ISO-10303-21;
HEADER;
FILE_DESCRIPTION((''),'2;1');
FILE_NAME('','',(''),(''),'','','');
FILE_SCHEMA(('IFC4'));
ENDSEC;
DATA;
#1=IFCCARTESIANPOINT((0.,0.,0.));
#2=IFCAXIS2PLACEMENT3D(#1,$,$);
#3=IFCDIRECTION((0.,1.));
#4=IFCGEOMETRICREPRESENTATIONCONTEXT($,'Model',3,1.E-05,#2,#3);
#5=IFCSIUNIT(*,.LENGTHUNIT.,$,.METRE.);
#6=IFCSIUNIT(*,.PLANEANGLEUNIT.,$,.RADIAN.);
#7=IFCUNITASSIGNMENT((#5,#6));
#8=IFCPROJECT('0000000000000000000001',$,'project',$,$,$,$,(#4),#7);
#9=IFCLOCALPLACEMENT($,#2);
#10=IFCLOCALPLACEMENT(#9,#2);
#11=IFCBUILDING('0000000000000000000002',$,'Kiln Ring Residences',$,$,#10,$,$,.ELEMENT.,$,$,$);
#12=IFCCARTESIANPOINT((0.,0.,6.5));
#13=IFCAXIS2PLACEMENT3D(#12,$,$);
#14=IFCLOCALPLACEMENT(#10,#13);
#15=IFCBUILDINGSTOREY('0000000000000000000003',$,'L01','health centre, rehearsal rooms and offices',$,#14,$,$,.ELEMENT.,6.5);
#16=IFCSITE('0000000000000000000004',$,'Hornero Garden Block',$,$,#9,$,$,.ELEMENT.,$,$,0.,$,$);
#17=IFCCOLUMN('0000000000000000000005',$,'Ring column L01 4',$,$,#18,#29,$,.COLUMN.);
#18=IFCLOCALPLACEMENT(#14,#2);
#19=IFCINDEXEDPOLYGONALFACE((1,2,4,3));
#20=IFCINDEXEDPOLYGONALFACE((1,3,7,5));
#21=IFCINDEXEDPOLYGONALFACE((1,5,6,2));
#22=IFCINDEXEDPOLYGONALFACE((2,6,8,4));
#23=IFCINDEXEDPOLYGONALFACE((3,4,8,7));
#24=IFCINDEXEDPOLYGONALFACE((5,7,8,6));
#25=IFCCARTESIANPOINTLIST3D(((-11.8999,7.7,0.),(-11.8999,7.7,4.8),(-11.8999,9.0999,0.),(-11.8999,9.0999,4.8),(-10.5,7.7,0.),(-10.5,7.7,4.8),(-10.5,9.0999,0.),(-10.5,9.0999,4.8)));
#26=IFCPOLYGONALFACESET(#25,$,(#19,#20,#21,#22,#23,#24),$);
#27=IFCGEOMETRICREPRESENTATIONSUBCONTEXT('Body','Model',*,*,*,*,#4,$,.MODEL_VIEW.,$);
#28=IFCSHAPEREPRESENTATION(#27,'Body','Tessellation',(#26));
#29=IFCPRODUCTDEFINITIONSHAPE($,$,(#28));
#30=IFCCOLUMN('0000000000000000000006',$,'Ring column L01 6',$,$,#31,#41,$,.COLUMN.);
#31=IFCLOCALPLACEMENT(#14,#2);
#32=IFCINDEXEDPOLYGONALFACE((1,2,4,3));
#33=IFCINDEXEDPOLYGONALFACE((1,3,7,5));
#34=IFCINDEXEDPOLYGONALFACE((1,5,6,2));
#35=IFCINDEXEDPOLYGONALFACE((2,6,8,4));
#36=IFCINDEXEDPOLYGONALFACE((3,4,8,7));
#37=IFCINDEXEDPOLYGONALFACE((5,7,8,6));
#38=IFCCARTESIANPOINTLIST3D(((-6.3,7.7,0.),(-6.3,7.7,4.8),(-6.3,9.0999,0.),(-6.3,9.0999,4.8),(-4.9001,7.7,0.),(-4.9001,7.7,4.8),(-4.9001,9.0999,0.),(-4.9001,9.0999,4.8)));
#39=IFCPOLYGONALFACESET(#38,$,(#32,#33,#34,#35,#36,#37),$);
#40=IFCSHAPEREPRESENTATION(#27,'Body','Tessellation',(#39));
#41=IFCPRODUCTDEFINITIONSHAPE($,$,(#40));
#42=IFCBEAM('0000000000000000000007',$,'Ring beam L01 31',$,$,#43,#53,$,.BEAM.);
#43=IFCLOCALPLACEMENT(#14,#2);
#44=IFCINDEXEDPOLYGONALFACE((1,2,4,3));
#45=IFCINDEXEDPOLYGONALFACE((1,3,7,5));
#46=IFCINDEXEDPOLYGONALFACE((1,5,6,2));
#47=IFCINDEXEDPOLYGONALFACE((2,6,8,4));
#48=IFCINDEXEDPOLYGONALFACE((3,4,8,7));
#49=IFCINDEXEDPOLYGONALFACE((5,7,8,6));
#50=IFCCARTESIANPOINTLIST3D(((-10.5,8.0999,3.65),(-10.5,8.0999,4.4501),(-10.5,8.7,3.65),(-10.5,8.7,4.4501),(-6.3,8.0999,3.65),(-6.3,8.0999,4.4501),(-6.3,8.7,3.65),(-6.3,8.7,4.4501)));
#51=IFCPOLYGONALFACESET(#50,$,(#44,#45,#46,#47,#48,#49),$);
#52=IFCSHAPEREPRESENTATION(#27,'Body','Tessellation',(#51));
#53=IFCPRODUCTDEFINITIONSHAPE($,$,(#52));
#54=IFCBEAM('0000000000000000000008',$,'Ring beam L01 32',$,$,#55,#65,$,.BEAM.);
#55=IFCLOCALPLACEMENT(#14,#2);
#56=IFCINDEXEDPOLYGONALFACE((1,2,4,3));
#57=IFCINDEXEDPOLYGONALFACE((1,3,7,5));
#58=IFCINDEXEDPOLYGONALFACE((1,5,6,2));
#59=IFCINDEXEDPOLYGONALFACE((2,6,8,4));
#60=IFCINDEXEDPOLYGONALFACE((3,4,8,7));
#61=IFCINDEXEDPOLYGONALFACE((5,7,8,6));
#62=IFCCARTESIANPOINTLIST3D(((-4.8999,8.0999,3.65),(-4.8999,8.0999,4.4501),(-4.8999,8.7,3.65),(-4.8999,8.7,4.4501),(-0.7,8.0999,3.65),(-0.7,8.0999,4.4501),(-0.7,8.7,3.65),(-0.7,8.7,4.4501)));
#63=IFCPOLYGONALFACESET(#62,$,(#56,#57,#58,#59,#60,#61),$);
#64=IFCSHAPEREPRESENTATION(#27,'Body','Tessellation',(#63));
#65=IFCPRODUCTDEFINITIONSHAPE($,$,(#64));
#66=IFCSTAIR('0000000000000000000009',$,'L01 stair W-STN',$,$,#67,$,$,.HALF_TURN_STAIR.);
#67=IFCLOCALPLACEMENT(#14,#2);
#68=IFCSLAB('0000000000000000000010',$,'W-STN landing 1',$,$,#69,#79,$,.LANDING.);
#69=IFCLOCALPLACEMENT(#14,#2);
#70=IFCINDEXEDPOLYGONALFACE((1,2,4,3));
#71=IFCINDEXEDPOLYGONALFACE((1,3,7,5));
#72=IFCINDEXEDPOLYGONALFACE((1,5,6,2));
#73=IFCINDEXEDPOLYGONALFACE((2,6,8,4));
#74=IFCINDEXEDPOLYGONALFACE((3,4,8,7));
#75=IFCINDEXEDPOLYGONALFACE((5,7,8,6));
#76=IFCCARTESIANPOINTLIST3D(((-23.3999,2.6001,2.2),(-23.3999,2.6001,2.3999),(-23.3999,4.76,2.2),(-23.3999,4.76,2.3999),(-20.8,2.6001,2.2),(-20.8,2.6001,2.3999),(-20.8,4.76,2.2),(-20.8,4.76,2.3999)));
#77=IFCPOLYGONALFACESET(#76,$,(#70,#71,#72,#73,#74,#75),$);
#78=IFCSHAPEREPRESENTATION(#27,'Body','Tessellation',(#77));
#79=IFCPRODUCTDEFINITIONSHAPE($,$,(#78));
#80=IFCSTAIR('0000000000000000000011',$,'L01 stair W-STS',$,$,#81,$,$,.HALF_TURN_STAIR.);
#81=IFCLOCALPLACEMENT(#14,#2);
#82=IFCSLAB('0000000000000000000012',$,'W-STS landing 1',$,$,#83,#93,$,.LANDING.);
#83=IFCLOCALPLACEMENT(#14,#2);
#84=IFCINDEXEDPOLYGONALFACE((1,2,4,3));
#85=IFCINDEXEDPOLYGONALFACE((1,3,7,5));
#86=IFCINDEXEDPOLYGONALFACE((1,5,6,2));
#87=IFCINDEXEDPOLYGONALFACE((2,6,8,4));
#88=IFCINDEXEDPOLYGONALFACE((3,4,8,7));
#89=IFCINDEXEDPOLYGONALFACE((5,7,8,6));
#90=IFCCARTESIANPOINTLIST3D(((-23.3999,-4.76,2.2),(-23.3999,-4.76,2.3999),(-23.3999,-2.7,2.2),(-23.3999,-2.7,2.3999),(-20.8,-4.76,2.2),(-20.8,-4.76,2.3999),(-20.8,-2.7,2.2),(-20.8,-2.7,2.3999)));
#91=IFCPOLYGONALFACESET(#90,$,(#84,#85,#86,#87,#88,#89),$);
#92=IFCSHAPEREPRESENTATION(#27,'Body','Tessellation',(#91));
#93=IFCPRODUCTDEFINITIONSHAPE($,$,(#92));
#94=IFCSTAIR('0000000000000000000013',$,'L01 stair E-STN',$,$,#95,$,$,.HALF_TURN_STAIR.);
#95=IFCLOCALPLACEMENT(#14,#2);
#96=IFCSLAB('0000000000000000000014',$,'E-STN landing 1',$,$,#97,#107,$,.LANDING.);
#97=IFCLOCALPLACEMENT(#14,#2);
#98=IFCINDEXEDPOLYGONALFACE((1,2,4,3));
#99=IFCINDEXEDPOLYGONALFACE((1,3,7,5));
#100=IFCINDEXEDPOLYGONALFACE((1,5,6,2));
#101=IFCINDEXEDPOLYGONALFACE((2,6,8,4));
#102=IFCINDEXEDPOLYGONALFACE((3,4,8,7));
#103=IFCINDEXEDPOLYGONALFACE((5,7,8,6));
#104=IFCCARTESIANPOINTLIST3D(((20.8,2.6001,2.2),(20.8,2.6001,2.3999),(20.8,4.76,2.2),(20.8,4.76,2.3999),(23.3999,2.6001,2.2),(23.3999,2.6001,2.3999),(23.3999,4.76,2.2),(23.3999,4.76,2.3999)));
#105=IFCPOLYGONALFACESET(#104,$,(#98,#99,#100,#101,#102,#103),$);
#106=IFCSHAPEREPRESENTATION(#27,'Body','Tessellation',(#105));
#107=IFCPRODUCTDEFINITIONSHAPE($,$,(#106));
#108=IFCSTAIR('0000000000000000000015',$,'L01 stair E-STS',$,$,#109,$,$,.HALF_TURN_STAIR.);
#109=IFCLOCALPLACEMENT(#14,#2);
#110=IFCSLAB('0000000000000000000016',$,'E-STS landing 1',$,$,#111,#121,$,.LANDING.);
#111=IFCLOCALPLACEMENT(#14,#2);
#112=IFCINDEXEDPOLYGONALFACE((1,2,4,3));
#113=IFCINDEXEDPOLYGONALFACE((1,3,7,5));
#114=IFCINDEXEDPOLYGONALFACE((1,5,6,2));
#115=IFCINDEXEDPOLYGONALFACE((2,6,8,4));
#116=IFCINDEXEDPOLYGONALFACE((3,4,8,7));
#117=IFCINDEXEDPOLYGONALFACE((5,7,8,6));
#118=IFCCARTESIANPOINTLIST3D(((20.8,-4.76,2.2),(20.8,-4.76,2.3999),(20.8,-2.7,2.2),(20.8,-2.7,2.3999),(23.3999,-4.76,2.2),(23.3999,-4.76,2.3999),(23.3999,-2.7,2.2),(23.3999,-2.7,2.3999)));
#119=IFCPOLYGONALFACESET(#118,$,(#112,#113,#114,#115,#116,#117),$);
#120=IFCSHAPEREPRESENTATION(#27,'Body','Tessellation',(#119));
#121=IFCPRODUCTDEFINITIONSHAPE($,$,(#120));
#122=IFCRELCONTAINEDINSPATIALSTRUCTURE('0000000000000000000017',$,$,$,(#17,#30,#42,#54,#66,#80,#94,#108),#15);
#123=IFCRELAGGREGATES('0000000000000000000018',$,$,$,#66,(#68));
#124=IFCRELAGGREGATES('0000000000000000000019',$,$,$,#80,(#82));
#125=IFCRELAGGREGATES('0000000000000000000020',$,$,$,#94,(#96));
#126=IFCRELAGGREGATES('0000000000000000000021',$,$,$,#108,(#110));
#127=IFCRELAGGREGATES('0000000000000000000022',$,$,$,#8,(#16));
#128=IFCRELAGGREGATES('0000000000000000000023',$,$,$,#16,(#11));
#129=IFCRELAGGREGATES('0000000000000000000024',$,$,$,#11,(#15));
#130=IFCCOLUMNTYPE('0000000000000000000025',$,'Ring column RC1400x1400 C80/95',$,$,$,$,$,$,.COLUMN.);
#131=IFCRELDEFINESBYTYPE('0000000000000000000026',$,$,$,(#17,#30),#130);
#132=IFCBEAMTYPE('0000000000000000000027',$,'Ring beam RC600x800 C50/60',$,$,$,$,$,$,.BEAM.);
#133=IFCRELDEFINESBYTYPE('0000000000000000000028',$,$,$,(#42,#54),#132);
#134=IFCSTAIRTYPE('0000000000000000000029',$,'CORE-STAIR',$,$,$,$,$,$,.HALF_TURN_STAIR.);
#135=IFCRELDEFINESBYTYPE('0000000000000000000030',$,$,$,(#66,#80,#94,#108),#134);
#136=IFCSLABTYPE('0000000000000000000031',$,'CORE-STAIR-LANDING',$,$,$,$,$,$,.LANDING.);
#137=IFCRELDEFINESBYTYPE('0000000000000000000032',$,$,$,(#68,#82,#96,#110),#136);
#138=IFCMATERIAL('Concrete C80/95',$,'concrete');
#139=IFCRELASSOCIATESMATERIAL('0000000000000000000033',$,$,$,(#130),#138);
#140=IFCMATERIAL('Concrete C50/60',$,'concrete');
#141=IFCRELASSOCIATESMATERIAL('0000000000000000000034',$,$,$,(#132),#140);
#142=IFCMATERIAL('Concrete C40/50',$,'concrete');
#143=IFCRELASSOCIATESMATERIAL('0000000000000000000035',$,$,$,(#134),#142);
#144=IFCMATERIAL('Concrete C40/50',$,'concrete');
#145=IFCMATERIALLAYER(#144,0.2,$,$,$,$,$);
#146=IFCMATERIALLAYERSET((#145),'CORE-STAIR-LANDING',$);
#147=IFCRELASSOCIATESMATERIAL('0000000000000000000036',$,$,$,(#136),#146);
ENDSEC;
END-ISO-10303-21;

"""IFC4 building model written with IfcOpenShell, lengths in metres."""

from ifc_helpers import new_model, si_unit, direction, frame, origin, origin_2d, place, context, subcontext, project, spatial, polyline, rectangle, outline, extrude, material, layer, layer_set, material_profile, profile_set, type_object, element, aggregate, save


model = new_model("IFC4")

# Units and contexts
model_context = context("Model", 3, precision=1e-05, world=origin(), true_north=direction((0.0, 1.0)))
body_context = subcontext(model_context, "Body", "Model", "MODEL_VIEW")
ifc_project = project(units=[si_unit("LENGTHUNIT", "METRE"), si_unit("PLANEANGLEUNIT", "RADIAN")], contexts=[model_context])

# Site, building, storey
site_placement = place(None, origin())
site = spatial("IfcSite", under=ifc_project, at=site_placement, Name="Hornero Garden Block", CompositionType="ELEMENT", RefElevation=0.0)
building_placement = place(site_placement, origin())
building = spatial("IfcBuilding", under=site, at=building_placement, Name="Kiln Ring Residences", CompositionType="ELEMENT")
storey_placement = place(building_placement, frame((0.0, 0.0, 6.5)))
storey = spatial("IfcBuildingStorey", under=building, at=storey_placement, Name="L01", Description="health centre, rehearsal rooms and offices", CompositionType="ELEMENT", Elevation=6.5)

# Columns
ifc_material_1 = material(Name="Concrete C80/95", Category="concrete")
ifc_material_profile_1 = material_profile(ifc_material_1, rectangle(XDim=1.3999, YDim=1.3999, at=origin_2d()), Name="RC1400x1400")
ifc_profile_set_1 = profile_set([ifc_material_profile_1], Name="Concrete C80/95")
column_type = type_object("IfcColumnType", Name="Ring column RC1400x1400 C80/95", PredefinedType="COLUMN", material=ifc_profile_set_1)
for number, where, z_axis, x_axis, name in (
    (1, (-11.2, 8.3999, 0.0), (0.0, 0.0, 1.0), (1.0, 0.0, 0.0), "Ring column L01 4"),
    (2, (-5.6001, 8.3999, 0.0), (0.0, 0.0, 1.0), (1.0, 0.0, 0.0), "Ring column L01 6"),
):
    element("IfcColumn", number, at=place(storey_placement, frame(where, z_axis=z_axis, x_axis=x_axis)), inside=storey, type_object=column_type, Name=name, PredefinedType="COLUMN", context=body_context, shape_type="SweptSolid", body=[
        extrude(rectangle(XDim=1.3999, YDim=1.3999, at=origin_2d()), origin(), (0.0, 0.0, 1.0), 4.8),
    ])

# Beams
ifc_material_2 = material(Name="Concrete C50/60", Category="concrete")
ifc_material_profile_2 = material_profile(ifc_material_2, rectangle(XDim=0.6001, YDim=0.8, at=origin_2d()), Name="RC600x800")
ifc_profile_set_2 = profile_set([ifc_material_profile_2], Name="Concrete C50/60")
beam_type = type_object("IfcBeamType", Name="Ring beam RC600x800 C50/60", PredefinedType="BEAM", material=ifc_profile_set_2)
for number, where, z_axis, x_axis, name in (
    (3, (-10.5, 8.3999, 4.05), (1.0, 0.0, 0.0), (0.0, 1.0, 0.0), "Ring beam L01 31"),
    (4, (-4.8999, 8.3999, 4.05), (1.0, 0.0, 0.0), (0.0, 1.0, 0.0), "Ring beam L01 32"),
):
    element("IfcBeam", number, at=place(storey_placement, frame(where, z_axis=z_axis, x_axis=x_axis)), inside=storey, type_object=beam_type, Name=name, PredefinedType="BEAM", context=body_context, shape_type="SweptSolid", body=[
        extrude(rectangle(XDim=0.6001, YDim=0.8, at=origin_2d()), origin(), (0.0, 0.0, 1.0), 4.2),
    ])

# Stairs, slabs
ifc_material_3 = material(Name="Concrete C40/50", Category="concrete")
stair_type_1 = type_object("IfcStairType", Name="CORE-STAIR", PredefinedType="HALF_TURN_STAIR", material=ifc_material_3)
placement_1 = place(storey_placement, origin())
stair_1 = element("IfcStair", 5, at=placement_1, inside=storey, type_object=stair_type_1, Name="L01 stair W-STN", PredefinedType="HALF_TURN_STAIR")
ifc_material_4 = material(Name="Concrete C40/50", Category="concrete")
ifc_layer_1 = layer(ifc_material_4, 0.2)
ifc_layer_set_1 = layer_set([ifc_layer_1], Name="CORE-STAIR-LANDING")
slab_type_1 = type_object("IfcSlabType", Name="CORE-STAIR-LANDING", PredefinedType="LANDING", material=ifc_layer_set_1)
placement_2 = place(storey_placement, frame((0.0, 0.0, 2.2)))
slab_1 = element("IfcSlab", 6, at=placement_2, type_object=slab_type_1, Name="W-STN landing 1", PredefinedType="LANDING", context=body_context, shape_type="SweptSolid", body=[
    extrude(outline(polyline([(-23.3999, 4.76), (-23.3999, 2.6001), (-20.8, 2.6001), (-20.8, 4.76), (-23.3999, 4.76)])), origin(), (0.0, 0.0, 1.0), 0.2),
])
aggregate(stair_1, [slab_1])
stair_2 = element("IfcStair", 7, at=placement_1, inside=storey, type_object=stair_type_1, Name="L01 stair W-STS", PredefinedType="HALF_TURN_STAIR")
slab_2 = element("IfcSlab", 8, at=placement_2, type_object=slab_type_1, Name="W-STS landing 1", PredefinedType="LANDING", context=body_context, shape_type="SweptSolid", body=[
    extrude(outline(polyline([(-20.8, -4.76), (-20.8, -2.7), (-23.3999, -2.7), (-23.3999, -4.76), (-20.8, -4.76)])), origin(), (0.0, 0.0, 1.0), 0.2),
])
aggregate(stair_2, [slab_2])
stair_3 = element("IfcStair", 9, at=placement_1, inside=storey, type_object=stair_type_1, Name="L01 stair E-STN", PredefinedType="HALF_TURN_STAIR")
slab_3 = element("IfcSlab", 10, at=placement_2, type_object=slab_type_1, Name="E-STN landing 1", PredefinedType="LANDING", context=body_context, shape_type="SweptSolid", body=[
    extrude(outline(polyline([(20.8, 4.76), (20.8, 2.6001), (23.3999, 2.6001), (23.3999, 4.76), (20.8, 4.76)])), origin(), (0.0, 0.0, 1.0), 0.2),
])
aggregate(stair_3, [slab_3])
stair_4 = element("IfcStair", 11, at=placement_1, inside=storey, type_object=stair_type_1, Name="L01 stair E-STS", PredefinedType="HALF_TURN_STAIR")
slab_4 = element("IfcSlab", 12, at=placement_2, type_object=slab_type_1, Name="E-STS landing 1", PredefinedType="LANDING", context=body_context, shape_type="SweptSolid", body=[
    extrude(outline(polyline([(23.3999, -4.76), (23.3999, -2.7), (20.8, -2.7), (20.8, -4.76), (23.3999, -4.76)])), origin(), (0.0, 0.0, 1.0), 0.2),
])
aggregate(stair_4, [slab_4])

save(model, "model.ifc")
